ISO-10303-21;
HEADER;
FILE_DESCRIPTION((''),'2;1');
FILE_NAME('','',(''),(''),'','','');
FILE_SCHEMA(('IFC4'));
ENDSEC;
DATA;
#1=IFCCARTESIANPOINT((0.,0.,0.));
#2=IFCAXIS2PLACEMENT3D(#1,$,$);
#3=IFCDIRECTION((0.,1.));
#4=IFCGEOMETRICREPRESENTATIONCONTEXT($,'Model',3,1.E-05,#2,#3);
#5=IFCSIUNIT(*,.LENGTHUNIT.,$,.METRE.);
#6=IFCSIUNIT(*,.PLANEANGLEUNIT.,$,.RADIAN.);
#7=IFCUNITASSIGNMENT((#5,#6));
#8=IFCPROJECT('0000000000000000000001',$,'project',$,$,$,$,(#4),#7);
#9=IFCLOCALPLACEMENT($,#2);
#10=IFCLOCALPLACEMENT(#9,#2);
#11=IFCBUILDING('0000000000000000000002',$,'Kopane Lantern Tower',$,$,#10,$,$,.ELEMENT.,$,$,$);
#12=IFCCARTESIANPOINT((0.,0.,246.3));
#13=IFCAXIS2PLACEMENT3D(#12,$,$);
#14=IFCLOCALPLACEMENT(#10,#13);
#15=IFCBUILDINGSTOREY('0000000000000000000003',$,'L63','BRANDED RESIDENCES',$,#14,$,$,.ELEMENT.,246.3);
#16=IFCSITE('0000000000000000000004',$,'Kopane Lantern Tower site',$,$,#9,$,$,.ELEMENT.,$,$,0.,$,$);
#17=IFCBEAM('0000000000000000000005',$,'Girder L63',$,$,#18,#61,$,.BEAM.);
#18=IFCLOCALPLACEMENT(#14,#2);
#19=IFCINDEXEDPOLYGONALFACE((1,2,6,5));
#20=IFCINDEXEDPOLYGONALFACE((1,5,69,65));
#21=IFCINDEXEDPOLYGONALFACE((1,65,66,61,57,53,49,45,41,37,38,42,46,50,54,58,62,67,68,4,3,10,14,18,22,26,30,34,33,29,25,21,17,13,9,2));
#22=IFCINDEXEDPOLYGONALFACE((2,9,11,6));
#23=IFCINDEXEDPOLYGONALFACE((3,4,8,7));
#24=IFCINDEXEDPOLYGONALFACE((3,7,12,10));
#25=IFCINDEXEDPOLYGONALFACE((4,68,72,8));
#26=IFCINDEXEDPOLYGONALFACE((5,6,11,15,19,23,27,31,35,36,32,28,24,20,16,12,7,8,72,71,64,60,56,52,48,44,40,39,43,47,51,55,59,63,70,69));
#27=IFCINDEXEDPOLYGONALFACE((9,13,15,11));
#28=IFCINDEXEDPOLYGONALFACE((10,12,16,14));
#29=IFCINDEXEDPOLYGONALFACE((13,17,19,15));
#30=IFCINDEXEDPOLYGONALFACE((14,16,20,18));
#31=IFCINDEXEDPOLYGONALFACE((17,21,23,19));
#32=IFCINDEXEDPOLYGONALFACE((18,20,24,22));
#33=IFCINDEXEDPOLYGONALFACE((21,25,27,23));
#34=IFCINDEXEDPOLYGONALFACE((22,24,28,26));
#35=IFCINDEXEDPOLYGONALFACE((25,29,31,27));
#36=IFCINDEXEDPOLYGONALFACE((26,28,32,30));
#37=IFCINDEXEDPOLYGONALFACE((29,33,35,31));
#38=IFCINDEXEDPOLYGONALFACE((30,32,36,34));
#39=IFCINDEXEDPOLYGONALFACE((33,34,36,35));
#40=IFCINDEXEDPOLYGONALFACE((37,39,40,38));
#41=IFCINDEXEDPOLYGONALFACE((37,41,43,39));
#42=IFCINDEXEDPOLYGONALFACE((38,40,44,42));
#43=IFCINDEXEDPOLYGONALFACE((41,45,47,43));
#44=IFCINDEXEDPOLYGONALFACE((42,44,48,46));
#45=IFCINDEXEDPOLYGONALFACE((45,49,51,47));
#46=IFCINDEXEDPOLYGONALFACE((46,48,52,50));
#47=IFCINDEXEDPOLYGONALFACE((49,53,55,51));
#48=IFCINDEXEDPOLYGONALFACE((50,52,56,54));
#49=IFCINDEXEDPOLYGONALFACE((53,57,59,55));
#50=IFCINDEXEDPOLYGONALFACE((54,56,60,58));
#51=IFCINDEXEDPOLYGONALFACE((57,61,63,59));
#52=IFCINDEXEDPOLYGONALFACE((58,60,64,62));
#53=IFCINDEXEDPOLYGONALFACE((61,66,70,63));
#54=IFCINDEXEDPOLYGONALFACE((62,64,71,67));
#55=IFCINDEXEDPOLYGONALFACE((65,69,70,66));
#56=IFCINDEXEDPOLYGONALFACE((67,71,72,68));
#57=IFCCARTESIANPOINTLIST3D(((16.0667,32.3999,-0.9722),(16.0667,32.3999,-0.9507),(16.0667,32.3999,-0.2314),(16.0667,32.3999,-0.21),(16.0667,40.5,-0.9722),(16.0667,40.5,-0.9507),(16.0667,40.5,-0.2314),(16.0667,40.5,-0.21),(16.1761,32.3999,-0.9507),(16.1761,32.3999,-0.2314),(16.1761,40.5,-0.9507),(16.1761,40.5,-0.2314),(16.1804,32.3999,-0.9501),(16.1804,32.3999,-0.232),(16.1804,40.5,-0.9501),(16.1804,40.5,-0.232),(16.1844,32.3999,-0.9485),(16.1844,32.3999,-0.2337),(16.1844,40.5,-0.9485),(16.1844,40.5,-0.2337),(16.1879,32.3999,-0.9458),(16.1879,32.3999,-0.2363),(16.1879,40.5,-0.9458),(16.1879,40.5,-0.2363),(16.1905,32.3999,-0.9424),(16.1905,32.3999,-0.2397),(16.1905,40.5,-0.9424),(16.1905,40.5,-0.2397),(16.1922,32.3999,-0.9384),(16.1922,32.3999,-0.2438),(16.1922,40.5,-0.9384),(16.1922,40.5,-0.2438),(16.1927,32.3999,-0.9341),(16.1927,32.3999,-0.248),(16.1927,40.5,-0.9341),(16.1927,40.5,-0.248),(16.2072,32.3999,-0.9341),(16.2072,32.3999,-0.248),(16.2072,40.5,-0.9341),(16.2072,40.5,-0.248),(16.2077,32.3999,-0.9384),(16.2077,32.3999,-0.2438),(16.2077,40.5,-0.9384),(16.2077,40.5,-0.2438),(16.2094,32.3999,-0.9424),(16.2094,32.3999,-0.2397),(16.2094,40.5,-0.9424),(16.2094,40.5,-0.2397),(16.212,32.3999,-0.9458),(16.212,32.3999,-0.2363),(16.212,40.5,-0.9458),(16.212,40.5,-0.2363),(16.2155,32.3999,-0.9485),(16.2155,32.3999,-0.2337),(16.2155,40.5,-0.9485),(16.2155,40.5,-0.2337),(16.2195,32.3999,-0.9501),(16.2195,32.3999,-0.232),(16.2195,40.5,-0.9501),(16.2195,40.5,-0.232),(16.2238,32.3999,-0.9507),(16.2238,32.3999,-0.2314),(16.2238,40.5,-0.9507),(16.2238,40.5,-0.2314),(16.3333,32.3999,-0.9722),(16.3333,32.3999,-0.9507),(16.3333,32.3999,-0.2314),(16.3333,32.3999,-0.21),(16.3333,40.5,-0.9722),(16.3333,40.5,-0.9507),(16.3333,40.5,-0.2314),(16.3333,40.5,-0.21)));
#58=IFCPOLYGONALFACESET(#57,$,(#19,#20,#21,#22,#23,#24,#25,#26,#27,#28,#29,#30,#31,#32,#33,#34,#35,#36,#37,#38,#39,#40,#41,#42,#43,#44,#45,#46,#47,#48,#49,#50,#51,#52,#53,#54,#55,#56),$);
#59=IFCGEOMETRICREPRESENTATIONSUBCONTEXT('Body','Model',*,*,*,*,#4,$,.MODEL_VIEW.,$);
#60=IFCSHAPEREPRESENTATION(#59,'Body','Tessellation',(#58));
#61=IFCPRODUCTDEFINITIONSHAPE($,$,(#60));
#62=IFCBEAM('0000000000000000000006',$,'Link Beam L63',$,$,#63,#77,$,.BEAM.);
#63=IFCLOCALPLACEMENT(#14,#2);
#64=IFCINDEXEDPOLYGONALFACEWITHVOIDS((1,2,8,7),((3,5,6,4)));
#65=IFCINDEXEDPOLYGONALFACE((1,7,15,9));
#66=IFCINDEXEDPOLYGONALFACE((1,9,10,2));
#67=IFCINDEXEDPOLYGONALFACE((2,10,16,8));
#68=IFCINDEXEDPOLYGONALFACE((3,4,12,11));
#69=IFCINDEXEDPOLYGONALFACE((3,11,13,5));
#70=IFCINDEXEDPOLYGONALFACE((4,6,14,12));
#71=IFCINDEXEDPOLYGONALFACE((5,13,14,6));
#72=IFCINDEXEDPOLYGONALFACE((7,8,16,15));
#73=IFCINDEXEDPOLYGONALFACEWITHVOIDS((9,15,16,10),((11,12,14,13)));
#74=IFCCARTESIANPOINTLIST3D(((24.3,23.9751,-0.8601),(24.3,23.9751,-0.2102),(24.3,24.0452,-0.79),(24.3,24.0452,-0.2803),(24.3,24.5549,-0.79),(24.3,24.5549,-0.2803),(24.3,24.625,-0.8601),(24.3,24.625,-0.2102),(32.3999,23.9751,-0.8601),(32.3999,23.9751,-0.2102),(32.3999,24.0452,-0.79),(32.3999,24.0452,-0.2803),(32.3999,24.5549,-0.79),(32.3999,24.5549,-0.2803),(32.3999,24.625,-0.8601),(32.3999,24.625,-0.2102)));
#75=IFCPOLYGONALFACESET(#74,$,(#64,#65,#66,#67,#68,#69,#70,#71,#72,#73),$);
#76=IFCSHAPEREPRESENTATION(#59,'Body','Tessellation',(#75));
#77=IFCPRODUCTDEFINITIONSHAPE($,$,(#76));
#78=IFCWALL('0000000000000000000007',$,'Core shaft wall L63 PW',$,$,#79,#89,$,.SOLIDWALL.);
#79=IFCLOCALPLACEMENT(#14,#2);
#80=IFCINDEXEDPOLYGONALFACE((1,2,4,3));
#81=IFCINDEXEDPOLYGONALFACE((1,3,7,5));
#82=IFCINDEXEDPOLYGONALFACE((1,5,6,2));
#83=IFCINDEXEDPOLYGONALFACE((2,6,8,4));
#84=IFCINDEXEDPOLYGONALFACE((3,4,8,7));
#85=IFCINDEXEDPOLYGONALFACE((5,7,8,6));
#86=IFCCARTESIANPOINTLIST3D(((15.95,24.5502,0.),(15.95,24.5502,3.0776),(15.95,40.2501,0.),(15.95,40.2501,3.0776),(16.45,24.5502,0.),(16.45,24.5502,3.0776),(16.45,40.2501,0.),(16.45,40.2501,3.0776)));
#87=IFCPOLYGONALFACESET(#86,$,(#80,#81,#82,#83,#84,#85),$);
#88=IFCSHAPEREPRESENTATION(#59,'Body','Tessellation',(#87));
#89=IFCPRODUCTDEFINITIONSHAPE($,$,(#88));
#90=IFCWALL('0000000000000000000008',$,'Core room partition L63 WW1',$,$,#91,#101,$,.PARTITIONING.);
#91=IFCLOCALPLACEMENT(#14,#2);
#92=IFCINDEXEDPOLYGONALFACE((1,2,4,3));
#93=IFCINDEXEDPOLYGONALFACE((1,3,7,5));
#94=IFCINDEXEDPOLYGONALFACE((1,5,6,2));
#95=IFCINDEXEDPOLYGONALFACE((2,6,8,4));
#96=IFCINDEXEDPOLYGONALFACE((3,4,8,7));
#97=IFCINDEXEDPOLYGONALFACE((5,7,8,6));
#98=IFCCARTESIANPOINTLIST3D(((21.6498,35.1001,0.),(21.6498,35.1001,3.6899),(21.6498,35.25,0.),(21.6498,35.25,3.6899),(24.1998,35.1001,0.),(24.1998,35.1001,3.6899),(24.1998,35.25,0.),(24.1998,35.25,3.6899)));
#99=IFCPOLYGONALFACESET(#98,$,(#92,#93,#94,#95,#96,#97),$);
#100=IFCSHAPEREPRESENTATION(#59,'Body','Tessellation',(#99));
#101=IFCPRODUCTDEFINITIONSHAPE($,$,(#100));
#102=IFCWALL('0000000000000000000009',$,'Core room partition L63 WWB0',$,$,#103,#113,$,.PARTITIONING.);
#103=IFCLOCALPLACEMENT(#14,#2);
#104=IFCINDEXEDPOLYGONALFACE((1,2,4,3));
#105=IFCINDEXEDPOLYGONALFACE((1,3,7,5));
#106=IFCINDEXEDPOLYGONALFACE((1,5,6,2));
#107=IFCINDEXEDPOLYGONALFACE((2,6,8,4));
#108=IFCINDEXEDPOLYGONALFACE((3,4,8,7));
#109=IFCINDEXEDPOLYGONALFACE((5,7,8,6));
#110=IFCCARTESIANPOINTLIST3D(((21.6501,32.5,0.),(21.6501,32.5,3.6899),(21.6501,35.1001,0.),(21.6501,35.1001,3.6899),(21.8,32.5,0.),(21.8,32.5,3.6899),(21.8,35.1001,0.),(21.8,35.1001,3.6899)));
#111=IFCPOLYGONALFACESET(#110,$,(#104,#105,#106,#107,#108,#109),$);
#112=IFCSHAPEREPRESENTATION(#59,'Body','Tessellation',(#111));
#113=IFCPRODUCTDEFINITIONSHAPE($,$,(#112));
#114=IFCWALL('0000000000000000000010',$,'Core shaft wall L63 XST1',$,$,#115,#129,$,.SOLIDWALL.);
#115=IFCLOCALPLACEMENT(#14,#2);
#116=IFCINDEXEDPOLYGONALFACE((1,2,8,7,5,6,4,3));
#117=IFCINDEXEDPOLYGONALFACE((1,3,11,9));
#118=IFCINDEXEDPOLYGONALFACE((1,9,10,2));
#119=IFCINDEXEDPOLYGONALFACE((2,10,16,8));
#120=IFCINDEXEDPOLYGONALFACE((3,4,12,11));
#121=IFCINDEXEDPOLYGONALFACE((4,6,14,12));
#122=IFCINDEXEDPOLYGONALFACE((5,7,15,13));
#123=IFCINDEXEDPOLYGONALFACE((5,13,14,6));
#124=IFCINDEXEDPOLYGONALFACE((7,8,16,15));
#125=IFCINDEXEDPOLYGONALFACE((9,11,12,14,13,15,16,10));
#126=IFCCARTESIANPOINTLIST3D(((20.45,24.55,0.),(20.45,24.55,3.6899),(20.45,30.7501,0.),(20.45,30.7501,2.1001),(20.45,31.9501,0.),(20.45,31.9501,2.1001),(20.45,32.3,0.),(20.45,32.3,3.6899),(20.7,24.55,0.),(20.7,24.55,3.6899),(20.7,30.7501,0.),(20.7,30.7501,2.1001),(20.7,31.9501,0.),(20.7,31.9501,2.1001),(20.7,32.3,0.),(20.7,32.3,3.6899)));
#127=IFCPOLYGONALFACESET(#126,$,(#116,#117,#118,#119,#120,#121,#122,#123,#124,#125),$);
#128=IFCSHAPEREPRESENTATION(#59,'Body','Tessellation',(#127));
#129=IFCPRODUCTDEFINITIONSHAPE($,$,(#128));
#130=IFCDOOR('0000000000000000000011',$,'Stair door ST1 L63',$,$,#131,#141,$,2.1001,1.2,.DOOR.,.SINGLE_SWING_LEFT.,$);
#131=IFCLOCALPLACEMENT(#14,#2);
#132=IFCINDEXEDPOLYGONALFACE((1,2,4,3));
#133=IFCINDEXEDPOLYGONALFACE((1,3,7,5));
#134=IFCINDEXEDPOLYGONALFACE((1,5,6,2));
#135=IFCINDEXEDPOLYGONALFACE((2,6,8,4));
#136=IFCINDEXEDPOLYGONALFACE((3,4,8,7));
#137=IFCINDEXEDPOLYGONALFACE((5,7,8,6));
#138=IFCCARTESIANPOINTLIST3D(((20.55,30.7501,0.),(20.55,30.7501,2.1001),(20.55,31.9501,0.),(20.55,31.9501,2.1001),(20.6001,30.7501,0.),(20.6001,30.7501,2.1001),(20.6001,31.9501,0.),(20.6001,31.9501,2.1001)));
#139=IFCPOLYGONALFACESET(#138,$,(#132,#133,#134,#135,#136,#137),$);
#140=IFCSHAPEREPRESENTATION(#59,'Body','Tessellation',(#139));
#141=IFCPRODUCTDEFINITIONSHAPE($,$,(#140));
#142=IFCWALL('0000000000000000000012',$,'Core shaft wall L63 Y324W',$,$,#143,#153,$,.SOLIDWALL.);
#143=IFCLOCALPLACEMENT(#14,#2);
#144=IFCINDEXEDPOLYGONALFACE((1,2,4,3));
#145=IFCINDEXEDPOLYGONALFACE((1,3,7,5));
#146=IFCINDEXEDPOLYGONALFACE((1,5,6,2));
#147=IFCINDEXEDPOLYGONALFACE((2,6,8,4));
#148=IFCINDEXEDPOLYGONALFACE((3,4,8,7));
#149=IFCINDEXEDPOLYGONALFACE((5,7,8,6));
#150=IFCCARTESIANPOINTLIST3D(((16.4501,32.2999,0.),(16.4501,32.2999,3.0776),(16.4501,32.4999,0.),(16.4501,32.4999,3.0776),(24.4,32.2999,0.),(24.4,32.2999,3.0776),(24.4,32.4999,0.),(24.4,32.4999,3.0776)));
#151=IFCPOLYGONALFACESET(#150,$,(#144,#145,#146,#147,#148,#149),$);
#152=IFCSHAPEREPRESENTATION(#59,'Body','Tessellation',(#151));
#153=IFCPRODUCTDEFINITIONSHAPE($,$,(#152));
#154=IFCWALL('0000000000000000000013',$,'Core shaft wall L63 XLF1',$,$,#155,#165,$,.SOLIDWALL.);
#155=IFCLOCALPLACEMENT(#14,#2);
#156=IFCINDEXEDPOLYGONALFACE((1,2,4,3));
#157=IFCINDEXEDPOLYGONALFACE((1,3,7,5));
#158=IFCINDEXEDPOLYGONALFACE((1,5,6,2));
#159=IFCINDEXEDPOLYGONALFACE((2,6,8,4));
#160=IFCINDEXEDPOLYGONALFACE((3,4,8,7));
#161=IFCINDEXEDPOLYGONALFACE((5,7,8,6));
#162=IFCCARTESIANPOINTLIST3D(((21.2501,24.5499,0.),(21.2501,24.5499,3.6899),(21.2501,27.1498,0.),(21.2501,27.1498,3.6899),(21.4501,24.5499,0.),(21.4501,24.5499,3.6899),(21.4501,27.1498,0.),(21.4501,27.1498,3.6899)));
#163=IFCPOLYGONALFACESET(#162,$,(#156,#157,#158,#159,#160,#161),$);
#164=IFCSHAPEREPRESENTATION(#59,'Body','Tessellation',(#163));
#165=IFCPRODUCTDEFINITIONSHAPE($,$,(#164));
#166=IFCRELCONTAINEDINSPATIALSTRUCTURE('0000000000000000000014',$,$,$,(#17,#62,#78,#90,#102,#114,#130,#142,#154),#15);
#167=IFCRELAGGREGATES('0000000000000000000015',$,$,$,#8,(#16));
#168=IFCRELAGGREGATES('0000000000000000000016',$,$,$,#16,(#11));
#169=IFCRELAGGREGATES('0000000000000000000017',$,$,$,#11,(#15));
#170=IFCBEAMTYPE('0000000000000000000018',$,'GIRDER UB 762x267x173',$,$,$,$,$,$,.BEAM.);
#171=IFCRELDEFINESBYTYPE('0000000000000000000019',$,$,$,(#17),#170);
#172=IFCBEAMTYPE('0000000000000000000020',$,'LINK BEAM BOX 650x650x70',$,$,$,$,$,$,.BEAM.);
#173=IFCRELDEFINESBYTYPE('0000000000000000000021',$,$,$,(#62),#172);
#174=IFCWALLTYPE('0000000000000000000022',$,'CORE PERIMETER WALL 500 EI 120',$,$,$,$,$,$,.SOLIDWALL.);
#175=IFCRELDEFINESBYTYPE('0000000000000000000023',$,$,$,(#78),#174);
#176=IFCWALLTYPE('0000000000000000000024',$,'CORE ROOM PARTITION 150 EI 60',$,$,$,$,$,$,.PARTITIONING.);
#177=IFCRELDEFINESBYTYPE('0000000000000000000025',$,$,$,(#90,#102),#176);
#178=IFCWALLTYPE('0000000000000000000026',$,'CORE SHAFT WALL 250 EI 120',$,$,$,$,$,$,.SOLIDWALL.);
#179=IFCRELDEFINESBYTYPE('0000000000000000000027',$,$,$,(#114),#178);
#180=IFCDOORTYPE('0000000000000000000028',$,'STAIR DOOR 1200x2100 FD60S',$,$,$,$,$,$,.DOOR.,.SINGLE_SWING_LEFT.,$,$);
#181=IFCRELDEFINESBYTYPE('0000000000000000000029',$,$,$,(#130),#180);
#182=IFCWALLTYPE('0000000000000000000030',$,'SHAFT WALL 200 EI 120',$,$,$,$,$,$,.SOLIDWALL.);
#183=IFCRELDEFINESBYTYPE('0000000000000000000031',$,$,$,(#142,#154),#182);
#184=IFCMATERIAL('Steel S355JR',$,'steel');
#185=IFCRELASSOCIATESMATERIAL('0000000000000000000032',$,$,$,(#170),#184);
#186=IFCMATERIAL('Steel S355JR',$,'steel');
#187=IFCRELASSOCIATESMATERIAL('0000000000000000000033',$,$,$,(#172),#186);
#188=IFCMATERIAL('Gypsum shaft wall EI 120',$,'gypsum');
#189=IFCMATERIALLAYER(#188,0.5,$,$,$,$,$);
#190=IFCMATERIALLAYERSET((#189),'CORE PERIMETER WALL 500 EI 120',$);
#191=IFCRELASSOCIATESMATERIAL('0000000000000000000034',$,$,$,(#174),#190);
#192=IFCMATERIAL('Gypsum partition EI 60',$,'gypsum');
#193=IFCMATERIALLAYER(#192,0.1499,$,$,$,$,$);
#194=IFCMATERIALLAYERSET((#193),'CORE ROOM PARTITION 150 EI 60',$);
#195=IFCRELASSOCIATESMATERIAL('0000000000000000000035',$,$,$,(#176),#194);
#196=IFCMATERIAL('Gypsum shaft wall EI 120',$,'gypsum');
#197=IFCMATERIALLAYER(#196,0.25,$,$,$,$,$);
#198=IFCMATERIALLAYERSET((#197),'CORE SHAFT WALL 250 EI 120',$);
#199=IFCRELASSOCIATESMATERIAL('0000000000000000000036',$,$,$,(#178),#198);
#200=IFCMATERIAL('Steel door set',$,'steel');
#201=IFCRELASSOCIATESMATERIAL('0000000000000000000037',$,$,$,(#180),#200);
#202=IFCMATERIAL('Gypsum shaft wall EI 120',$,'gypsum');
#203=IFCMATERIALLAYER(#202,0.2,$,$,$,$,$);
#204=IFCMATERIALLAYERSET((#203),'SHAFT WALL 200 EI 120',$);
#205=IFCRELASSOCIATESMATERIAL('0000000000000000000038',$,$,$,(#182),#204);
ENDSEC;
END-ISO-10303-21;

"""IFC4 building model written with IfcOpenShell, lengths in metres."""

from ifc_helpers import new_model, si_unit, direction, frame, frame_2d, origin, origin_2d, place, context, subcontext, project, spatial, rectangle, hollow_rectangle, i_section, extrude, material, layer, layer_set, material_profile, profile_set, type_object, element, fill, save


model = new_model("IFC4")

# Units and contexts
model_context = context("Model", 3, precision=1e-05, world=origin(), true_north=direction((0.0, 1.0)))
body_context = subcontext(model_context, "Body", "Model", "MODEL_VIEW")
ifc_project = project(units=[si_unit("LENGTHUNIT", "METRE"), si_unit("PLANEANGLEUNIT", "RADIAN")], contexts=[model_context])

# Site, building, storey
site_placement = place(None, origin())
site = spatial("IfcSite", under=ifc_project, at=site_placement, Name="Kopane Lantern Tower site", CompositionType="ELEMENT", RefElevation=0.0)
building_placement = place(site_placement, origin())
building = spatial("IfcBuilding", under=site, at=building_placement, Name="Kopane Lantern Tower", CompositionType="ELEMENT")
storey_placement = place(building_placement, frame((0.0, 0.0, 246.3)))
storey = spatial("IfcBuildingStorey", under=building, at=storey_placement, Name="L63", Description="BRANDED RESIDENCES", CompositionType="ELEMENT", Elevation=246.3)

# Beams
ifc_material_1 = material(Name="Steel S355JR", Category="steel")
ifc_material_profile_1 = material_profile(ifc_material_1, i_section(OverallWidth=0.2666, OverallDepth=0.7622, WebThickness=0.0144, FlangeThickness=0.0215, FilletRadius=0.0166, at=origin_2d()), Name="UB 762x267x173")
ifc_profile_set_1 = profile_set([ifc_material_profile_1], Name="Steel S355JR")
beam_type_1 = type_object("IfcBeamType", Name="GIRDER UB 762x267x173", PredefinedType="BEAM", material=ifc_profile_set_1)
beam_1_placement = place(storey_placement, frame((16.2, 32.3999, -0.5911), z_axis=(0.0, 1.0, 0.0), x_axis=(-1.0, 0.0, 0.0)))
element("IfcBeam", 1, at=beam_1_placement, inside=storey, type_object=beam_type_1, Name="Girder L63", PredefinedType="BEAM", context=body_context, shape_type="SweptSolid", body=[
    extrude(i_section(OverallWidth=0.2666, OverallDepth=0.7622, WebThickness=0.0144, FlangeThickness=0.0215, FilletRadius=0.0166, at=origin_2d()), origin(), (0.0, 0.0, 1.0), 8.1001),
])
ifc_material_2 = material(Name="Steel S355JR", Category="steel")
ifc_material_profile_2 = material_profile(ifc_material_2, hollow_rectangle(XDim=0.6499, YDim=0.6499, WallThickness=0.0701, at=origin_2d()), Name="BOX 650x650x70")
ifc_profile_set_2 = profile_set([ifc_material_profile_2], Name="Steel S355JR")
beam_type_2 = type_object("IfcBeamType", Name="LINK BEAM BOX 650x650x70", PredefinedType="BEAM", material=ifc_profile_set_2)
beam_2_placement = place(storey_placement, frame((24.3, 24.3, -0.5352), z_axis=(1.0, 0.0, 0.0), x_axis=(0.0, 1.0, 0.0)))
element("IfcBeam", 2, at=beam_2_placement, inside=storey, type_object=beam_type_2, Name="Link Beam L63", PredefinedType="BEAM", context=body_context, shape_type="SweptSolid", body=[
    extrude(hollow_rectangle(XDim=0.6499, YDim=0.6499, WallThickness=0.0701, at=origin_2d()), origin(), (0.0, 0.0, 1.0), 8.0999),
])

# Walls
ifc_material_3 = material(Name="Gypsum shaft wall EI 120", Category="gypsum")
ifc_layer_1 = layer(ifc_material_3, 0.5)
ifc_layer_set_1 = layer_set([ifc_layer_1], Name="CORE PERIMETER WALL 500 EI 120")
wall_type_1 = type_object("IfcWallType", Name="CORE PERIMETER WALL 500 EI 120", PredefinedType="SOLIDWALL", material=ifc_layer_set_1)
wall_1_placement = place(storey_placement, frame((16.2, 24.55, 0.0), z_axis=(0.0, 0.0, 1.0), x_axis=(0.0, 1.0, 0.0)))
element("IfcWall", 3, at=wall_1_placement, inside=storey, type_object=wall_type_1, Name="Core shaft wall L63 PW", PredefinedType="SOLIDWALL", context=body_context, shape_type="SweptSolid", body=[
    extrude(rectangle(XDim=15.7, YDim=0.5, at=frame_2d((7.8501, 0.0))), origin(), (0.0, 0.0, 1.0), 3.0776),
])
ifc_material_4 = material(Name="Gypsum partition EI 60", Category="gypsum")
ifc_layer_2 = layer(ifc_material_4, 0.1499)
ifc_layer_set_2 = layer_set([ifc_layer_2], Name="CORE ROOM PARTITION 150 EI 60")
wall_type_2 = type_object("IfcWallType", Name="CORE ROOM PARTITION 150 EI 60", PredefinedType="PARTITIONING", material=ifc_layer_set_2)
wall_2_placement = place(storey_placement, frame((21.6499, 35.175, 0.0), z_axis=(0.0, 0.0, 1.0), x_axis=(1.0, 0.0, 0.0)))
element("IfcWall", 4, at=wall_2_placement, inside=storey, type_object=wall_type_2, Name="Core room partition L63 WW1", PredefinedType="PARTITIONING", context=body_context, shape_type="SweptSolid", body=[
    extrude(rectangle(XDim=2.55, YDim=0.1499, at=frame_2d((1.2749, 0.0))), origin(), (0.0, 0.0, 1.0), 3.6899),
])
wall_3_placement = place(storey_placement, frame((21.7251, 32.5, 0.0), z_axis=(0.0, 0.0, 1.0), x_axis=(0.0, 1.0, 0.0)))
element("IfcWall", 5, at=wall_3_placement, inside=storey, type_object=wall_type_2, Name="Core room partition L63 WWB0", PredefinedType="PARTITIONING", context=body_context, shape_type="SweptSolid", body=[
    extrude(rectangle(XDim=2.6001, YDim=0.1499, at=frame_2d((1.3, 0.0))), origin(), (0.0, 0.0, 1.0), 3.6899),
])

# Wall, opening, door
ifc_material_5 = material(Name="Gypsum shaft wall EI 120", Category="gypsum")
ifc_layer_3 = layer(ifc_material_5, 0.25)
ifc_layer_set_3 = layer_set([ifc_layer_3], Name="CORE SHAFT WALL 250 EI 120")
wall_type_3 = type_object("IfcWallType", Name="CORE SHAFT WALL 250 EI 120", PredefinedType="SOLIDWALL", material=ifc_layer_set_3)
wall_4_placement = place(storey_placement, frame((20.575, 24.55, 0.0), z_axis=(0.0, 0.0, 1.0), x_axis=(0.0, 1.0, 0.0)))
wall_4 = element("IfcWall", 6, at=wall_4_placement, inside=storey, type_object=wall_type_3, Name="Core shaft wall L63 XST1", PredefinedType="SOLIDWALL", context=body_context, shape_type="SweptSolid", body=[
    extrude(rectangle(XDim=7.75, YDim=0.25, at=frame_2d((3.875, 0.0))), origin(), (0.0, 0.0, 1.0), 3.6899),
])
opening_1_placement = place(wall_4_placement, frame((6.2, 0.0, 0.0)))
opening_1 = element("IfcOpeningElement", 7, at=opening_1_placement, cuts=wall_4, PredefinedType="OPENING", context=body_context, shape_type="SweptSolid", body=[
    extrude(rectangle(XDim=1.2, YDim=2.1001, at=frame_2d((0.6001, 1.05))), frame((0.0, 0.135, 0.0), z_axis=(0.0, -1.0, 0.0), x_axis=(1.0, 0.0, 0.0)), (0.0, 0.0, 1.0), 0.27),
])
ifc_material_6 = material(Name="Steel door set", Category="steel")
door_type_1 = type_object("IfcDoorType", Name="STAIR DOOR 1200x2100 FD60S", OperationType="SINGLE_SWING_LEFT", PredefinedType="DOOR", material=ifc_material_6)
door_1_placement = place(opening_1_placement, origin())
door_1 = element("IfcDoor", 8, at=door_1_placement, inside=storey, type_object=door_type_1, Name="Stair door ST1 L63", OperationType="SINGLE_SWING_LEFT", OverallHeight=2.1001, OverallWidth=1.2, PredefinedType="DOOR", context=body_context, shape_type="SweptSolid", body=[
    extrude(rectangle(XDim=1.2, YDim=2.1001, at=frame_2d((0.6001, 1.05))), frame((0.0, 0.0249, 0.0), z_axis=(0.0, -1.0, 0.0), x_axis=(1.0, 0.0, 0.0)), (0.0, 0.0, 1.0), 0.05),
])
fill(opening_1, door_1)

# Walls
ifc_material_7 = material(Name="Gypsum shaft wall EI 120", Category="gypsum")
ifc_layer_4 = layer(ifc_material_7, 0.2)
ifc_layer_set_4 = layer_set([ifc_layer_4], Name="SHAFT WALL 200 EI 120")
wall_type_4 = type_object("IfcWallType", Name="SHAFT WALL 200 EI 120", PredefinedType="SOLIDWALL", material=ifc_layer_set_4)
wall_5_placement = place(storey_placement, frame((16.45, 32.3999, 0.0), z_axis=(0.0, 0.0, 1.0), x_axis=(1.0, 0.0, 0.0)))
element("IfcWall", 9, at=wall_5_placement, inside=storey, type_object=wall_type_4, Name="Core shaft wall L63 Y324W", PredefinedType="SOLIDWALL", context=body_context, shape_type="SweptSolid", body=[
    extrude(rectangle(XDim=7.95, YDim=0.2, at=frame_2d((3.9751, 0.0))), origin(), (0.0, 0.0, 1.0), 3.0776),
])
wall_6_placement = place(storey_placement, frame((21.3501, 24.55, 0.0), z_axis=(0.0, 0.0, 1.0), x_axis=(0.0, 1.0, 0.0)))
element("IfcWall", 10, at=wall_6_placement, inside=storey, type_object=wall_type_4, Name="Core shaft wall L63 XLF1", PredefinedType="SOLIDWALL", context=body_context, shape_type="SweptSolid", body=[
    extrude(rectangle(XDim=2.5999, YDim=0.2, at=frame_2d((1.2998, 0.0))), origin(), (0.0, 0.0, 1.0), 3.6899),
])

save(model, "model.ifc")
